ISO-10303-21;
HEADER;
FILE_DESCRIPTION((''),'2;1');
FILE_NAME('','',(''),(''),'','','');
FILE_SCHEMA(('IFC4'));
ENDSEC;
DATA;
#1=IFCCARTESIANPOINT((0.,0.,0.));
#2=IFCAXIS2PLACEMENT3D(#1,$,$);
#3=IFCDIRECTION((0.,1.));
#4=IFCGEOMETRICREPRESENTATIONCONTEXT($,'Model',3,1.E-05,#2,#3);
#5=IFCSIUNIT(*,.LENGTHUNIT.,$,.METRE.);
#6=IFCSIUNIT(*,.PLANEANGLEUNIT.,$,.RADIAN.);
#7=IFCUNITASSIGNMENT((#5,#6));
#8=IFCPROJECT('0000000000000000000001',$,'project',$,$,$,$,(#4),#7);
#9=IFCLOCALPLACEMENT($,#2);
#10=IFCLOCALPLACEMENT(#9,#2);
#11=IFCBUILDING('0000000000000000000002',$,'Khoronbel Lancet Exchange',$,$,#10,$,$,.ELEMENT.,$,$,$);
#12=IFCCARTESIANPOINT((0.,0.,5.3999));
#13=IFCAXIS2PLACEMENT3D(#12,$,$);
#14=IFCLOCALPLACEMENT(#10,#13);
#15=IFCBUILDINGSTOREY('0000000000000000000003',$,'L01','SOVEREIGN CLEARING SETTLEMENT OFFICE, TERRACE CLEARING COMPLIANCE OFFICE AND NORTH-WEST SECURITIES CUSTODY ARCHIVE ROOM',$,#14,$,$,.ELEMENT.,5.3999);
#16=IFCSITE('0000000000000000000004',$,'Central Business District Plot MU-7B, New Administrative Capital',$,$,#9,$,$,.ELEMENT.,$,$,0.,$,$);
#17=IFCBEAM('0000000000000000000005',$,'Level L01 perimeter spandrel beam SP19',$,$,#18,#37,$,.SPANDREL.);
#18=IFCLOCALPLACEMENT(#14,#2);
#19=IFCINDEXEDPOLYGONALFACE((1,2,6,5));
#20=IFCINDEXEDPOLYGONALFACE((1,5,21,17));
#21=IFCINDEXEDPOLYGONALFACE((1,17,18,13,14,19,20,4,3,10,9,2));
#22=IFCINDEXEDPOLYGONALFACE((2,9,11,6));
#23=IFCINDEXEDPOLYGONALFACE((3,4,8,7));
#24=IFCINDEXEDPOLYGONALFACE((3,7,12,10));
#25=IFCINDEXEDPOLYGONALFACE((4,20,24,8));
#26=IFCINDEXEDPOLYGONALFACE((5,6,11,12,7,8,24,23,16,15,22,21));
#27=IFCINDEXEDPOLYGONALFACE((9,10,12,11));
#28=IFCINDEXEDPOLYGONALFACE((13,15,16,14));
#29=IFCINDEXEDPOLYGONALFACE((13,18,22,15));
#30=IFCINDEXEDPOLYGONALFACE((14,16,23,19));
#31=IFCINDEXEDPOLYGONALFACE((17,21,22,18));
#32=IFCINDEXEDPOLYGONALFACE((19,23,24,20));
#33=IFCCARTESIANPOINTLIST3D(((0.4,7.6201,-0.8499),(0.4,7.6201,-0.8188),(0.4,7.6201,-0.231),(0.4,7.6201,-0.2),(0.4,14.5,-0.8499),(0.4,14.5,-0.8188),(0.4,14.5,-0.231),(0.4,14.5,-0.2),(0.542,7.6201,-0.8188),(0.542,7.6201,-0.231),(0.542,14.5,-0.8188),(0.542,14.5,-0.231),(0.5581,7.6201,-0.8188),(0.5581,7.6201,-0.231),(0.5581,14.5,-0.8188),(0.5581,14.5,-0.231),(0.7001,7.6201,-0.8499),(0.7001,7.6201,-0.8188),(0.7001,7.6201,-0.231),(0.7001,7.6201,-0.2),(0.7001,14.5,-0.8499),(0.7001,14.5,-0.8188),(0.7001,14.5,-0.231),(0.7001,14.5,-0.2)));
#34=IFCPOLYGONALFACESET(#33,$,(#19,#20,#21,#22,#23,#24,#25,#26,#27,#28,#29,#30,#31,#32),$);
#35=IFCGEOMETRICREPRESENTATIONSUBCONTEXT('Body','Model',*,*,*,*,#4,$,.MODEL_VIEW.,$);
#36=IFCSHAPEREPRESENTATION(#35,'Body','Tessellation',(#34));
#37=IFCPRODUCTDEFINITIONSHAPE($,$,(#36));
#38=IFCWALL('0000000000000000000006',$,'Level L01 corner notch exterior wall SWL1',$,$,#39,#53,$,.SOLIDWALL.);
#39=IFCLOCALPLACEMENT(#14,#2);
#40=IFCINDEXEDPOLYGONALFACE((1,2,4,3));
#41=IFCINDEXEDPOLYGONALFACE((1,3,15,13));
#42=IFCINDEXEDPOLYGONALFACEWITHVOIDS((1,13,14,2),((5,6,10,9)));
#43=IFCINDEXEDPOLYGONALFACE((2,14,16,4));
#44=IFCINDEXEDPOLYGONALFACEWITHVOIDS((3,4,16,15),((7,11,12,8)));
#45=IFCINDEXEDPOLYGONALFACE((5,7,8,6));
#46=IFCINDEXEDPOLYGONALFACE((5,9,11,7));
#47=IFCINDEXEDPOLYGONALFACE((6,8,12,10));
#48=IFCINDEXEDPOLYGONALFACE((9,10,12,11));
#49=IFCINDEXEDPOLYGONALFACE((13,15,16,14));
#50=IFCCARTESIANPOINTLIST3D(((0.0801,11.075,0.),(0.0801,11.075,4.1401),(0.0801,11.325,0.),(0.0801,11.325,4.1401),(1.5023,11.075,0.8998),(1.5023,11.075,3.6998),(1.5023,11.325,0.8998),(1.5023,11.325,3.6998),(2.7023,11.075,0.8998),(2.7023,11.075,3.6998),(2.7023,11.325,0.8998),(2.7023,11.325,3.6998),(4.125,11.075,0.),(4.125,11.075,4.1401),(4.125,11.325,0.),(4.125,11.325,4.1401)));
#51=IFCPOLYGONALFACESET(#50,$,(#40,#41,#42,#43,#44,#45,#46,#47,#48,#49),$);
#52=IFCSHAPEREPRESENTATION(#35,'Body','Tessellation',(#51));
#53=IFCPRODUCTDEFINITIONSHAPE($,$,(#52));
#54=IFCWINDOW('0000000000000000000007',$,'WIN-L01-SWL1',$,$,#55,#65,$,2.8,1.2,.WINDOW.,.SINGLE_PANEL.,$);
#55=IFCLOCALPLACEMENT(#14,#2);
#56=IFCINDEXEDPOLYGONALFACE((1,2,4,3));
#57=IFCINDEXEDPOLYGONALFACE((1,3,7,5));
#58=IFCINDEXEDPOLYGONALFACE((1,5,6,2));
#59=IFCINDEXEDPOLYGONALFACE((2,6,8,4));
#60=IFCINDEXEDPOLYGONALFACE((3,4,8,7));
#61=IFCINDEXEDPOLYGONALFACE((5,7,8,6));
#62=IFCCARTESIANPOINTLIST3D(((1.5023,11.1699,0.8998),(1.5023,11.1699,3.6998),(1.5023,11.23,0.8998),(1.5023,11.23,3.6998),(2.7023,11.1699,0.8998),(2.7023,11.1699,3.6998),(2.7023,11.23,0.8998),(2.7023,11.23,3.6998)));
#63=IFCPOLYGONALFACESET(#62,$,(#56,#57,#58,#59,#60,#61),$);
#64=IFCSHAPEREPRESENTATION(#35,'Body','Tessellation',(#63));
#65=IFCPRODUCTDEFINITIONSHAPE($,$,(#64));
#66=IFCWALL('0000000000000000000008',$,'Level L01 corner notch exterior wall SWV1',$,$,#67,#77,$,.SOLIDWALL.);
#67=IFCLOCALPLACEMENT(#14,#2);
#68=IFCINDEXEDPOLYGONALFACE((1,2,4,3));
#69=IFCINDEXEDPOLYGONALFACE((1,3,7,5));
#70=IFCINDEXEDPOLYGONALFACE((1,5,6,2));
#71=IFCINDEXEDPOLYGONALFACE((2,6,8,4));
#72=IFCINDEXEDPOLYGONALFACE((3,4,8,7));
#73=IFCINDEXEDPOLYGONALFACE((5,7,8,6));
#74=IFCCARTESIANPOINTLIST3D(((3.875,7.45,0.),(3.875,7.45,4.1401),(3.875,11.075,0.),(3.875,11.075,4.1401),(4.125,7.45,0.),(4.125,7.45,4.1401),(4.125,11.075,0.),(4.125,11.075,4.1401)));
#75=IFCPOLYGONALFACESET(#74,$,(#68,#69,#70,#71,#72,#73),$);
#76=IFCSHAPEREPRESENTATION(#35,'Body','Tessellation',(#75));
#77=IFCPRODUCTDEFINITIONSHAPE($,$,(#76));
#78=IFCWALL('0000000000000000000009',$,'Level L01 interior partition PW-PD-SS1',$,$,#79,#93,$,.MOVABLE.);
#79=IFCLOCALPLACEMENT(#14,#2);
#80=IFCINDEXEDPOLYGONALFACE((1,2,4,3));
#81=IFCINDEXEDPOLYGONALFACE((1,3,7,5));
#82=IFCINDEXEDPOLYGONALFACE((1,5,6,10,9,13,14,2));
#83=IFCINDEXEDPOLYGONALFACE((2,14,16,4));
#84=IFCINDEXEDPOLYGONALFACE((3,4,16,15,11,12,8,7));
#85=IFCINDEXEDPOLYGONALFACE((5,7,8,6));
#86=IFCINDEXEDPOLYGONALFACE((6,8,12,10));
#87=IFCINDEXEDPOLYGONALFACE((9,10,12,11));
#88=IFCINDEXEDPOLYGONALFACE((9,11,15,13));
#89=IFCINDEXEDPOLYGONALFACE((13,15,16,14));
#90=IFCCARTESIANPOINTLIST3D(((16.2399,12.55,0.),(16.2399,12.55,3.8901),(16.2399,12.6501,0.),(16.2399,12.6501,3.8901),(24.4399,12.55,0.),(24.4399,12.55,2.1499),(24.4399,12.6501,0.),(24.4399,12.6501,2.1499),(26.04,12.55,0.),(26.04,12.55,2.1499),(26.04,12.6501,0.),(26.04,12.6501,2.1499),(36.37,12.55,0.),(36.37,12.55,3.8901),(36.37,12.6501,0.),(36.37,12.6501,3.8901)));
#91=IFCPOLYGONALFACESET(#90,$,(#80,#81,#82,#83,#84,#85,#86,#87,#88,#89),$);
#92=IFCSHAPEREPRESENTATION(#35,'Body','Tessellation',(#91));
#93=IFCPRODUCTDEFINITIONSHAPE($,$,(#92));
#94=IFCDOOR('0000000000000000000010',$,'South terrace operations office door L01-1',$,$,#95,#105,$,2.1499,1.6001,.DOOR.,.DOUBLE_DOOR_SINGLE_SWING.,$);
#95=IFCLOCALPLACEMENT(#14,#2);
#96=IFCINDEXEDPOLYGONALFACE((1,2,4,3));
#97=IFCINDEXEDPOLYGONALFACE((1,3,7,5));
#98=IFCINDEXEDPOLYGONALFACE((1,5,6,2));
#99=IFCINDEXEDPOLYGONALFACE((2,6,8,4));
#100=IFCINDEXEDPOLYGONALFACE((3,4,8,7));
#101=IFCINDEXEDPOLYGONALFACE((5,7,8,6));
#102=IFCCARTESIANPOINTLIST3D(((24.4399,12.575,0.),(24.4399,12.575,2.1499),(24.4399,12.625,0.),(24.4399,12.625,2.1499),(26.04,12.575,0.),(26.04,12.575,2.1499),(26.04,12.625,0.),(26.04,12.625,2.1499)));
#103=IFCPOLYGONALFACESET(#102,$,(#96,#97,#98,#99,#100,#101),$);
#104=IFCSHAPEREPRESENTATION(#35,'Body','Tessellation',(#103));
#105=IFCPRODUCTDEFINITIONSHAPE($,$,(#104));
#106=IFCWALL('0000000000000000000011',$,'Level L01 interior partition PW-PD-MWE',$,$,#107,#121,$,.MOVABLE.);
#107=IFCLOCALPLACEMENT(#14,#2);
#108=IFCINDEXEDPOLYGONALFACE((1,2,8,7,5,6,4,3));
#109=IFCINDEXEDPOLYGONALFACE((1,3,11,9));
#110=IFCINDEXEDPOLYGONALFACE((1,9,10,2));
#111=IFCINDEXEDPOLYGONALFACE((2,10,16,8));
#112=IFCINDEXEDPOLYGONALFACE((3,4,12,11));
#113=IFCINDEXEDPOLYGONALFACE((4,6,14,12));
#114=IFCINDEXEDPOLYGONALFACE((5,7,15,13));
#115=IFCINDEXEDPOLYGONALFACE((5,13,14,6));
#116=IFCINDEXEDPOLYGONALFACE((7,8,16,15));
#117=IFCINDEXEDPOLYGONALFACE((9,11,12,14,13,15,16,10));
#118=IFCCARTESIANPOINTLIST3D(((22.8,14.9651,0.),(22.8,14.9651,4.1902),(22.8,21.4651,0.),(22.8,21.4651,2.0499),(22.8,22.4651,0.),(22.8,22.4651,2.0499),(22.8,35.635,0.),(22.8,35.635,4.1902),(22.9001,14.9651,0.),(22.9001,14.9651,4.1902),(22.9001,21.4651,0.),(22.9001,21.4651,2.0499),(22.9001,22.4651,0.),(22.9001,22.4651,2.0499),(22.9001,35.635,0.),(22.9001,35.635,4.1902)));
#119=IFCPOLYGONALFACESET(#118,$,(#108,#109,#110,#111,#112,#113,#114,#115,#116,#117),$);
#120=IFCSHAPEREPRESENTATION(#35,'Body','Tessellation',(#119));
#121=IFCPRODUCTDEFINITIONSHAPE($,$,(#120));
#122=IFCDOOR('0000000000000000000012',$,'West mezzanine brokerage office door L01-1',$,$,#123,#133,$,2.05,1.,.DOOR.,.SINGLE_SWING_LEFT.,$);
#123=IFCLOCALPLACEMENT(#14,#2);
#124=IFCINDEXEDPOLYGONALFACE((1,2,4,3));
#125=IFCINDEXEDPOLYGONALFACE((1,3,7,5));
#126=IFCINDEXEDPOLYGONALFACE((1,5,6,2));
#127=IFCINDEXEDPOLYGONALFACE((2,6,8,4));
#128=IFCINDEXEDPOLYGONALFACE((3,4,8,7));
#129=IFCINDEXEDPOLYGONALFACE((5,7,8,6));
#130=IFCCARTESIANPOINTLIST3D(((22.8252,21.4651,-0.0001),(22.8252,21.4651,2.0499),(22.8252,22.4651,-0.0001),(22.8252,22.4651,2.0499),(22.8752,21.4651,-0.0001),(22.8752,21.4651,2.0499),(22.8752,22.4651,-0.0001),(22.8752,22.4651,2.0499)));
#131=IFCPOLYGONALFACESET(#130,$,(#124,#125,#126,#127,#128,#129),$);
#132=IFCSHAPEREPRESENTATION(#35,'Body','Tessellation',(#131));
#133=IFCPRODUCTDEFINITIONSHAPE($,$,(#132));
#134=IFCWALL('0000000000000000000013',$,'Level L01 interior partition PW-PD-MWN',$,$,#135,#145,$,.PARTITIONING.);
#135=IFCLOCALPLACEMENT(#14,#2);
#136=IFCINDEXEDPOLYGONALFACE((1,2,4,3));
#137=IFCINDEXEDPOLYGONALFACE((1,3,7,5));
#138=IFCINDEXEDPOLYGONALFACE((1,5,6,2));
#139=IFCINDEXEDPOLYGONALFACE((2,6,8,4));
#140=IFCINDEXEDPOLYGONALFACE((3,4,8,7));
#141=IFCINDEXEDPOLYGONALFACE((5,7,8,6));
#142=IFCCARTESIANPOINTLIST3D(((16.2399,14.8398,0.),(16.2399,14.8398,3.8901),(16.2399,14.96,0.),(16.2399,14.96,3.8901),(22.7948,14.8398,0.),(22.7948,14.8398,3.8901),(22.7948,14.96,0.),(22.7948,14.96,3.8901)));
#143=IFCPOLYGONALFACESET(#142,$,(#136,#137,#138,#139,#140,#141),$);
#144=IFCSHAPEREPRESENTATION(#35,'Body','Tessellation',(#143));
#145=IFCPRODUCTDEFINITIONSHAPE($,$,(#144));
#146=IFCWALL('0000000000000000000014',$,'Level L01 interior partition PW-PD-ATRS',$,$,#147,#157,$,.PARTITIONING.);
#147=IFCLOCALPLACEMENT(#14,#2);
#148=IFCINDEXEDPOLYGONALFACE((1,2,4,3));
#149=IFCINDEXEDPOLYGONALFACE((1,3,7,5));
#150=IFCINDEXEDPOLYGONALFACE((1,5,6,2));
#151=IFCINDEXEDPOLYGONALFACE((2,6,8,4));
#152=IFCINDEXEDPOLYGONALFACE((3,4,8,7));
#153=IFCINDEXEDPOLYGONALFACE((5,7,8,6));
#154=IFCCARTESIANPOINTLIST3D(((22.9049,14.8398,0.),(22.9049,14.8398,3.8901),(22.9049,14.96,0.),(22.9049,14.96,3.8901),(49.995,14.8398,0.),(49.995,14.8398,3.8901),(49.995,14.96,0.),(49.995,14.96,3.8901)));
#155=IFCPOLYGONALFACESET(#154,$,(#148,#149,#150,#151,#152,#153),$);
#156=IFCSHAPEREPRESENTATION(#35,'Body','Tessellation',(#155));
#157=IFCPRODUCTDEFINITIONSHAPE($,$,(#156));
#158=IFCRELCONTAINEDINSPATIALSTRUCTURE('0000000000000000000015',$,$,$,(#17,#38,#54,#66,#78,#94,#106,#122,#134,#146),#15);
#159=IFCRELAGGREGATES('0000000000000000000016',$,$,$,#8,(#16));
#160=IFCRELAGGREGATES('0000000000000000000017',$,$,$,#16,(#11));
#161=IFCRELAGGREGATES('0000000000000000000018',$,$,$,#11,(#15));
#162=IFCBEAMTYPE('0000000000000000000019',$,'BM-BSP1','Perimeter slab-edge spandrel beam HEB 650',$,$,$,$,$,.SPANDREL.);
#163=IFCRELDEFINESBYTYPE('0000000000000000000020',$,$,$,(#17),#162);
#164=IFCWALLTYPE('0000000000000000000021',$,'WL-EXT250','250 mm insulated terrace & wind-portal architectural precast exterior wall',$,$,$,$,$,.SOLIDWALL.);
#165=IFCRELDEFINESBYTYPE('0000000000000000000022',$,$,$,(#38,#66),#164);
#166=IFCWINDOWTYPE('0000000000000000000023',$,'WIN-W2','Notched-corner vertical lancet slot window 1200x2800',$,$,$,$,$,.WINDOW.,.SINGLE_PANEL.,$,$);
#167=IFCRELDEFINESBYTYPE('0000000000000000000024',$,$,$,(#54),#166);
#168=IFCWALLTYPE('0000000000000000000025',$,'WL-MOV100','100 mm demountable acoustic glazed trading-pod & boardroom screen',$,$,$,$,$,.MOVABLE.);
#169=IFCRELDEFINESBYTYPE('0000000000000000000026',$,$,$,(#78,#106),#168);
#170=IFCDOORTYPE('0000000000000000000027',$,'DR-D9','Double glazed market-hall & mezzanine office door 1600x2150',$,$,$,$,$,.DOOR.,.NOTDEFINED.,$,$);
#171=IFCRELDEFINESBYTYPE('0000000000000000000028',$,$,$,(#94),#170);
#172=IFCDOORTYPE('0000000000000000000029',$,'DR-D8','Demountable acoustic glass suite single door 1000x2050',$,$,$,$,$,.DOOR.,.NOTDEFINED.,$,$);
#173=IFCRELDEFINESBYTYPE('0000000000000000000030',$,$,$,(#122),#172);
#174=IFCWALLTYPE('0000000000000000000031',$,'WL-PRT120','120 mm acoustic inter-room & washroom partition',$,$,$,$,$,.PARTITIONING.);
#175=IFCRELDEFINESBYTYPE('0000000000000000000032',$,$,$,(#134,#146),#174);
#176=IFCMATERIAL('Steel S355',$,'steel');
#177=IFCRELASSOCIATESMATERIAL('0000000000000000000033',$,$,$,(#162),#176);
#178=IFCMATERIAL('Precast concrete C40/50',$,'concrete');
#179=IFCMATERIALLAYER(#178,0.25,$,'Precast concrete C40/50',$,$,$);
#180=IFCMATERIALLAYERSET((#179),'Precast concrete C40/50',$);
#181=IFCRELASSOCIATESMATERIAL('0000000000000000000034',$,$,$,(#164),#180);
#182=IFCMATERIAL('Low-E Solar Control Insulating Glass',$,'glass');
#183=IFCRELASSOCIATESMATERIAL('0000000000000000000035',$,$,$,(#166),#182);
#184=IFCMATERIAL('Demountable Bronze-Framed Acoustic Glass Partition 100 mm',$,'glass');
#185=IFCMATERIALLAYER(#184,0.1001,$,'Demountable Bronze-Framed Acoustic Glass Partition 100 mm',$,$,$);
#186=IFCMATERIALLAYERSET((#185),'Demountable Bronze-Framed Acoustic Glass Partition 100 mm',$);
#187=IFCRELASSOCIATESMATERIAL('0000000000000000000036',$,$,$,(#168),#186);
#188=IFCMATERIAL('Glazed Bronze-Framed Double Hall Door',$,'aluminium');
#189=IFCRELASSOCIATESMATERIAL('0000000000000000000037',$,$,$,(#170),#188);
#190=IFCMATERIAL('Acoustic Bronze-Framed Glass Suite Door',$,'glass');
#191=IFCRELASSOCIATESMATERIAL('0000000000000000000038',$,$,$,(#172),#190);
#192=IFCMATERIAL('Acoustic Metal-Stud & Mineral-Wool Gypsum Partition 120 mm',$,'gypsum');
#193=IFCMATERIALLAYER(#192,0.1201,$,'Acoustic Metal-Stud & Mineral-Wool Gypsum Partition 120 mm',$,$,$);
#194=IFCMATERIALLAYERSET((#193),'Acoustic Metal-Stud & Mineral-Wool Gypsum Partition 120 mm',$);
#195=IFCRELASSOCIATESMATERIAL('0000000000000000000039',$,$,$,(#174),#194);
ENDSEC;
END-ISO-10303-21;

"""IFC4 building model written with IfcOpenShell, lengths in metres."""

from ifc_helpers import new_model, si_unit, direction, frame, frame_2d, origin, origin_2d, place, context, subcontext, project, spatial, rectangle, i_section, extrude, material, layer, layer_set, material_profile, profile_set, type_object, element, fill, save


model = new_model("IFC4")

# Units and contexts
model_context = context("Model", 3, precision=1e-05, world=origin(), true_north=direction((0.0, 1.0)))
body_context = subcontext(model_context, "Body", "Model", "MODEL_VIEW")
ifc_project = project(units=[si_unit("LENGTHUNIT", "METRE"), si_unit("PLANEANGLEUNIT", "RADIAN")], contexts=[model_context])

# Site, building, storey
site_placement = place(None, origin())
site = spatial("IfcSite", under=ifc_project, at=site_placement, Name="Central Business District Plot MU-7B, New Administrative Capital", CompositionType="ELEMENT", RefElevation=0.0)
building_placement = place(site_placement, origin())
building = spatial("IfcBuilding", under=site, at=building_placement, Name="Khoronbel Lancet Exchange", CompositionType="ELEMENT")
storey_placement = place(building_placement, frame((0.0, 0.0, 5.3999)))
storey = spatial("IfcBuildingStorey", under=building, at=storey_placement, Name="L01", Description="SOVEREIGN CLEARING SETTLEMENT OFFICE, TERRACE CLEARING COMPLIANCE OFFICE AND NORTH-WEST SECURITIES CUSTODY ARCHIVE ROOM", CompositionType="ELEMENT", Elevation=5.3999)

# Shared definitions
ifc_material_1 = material(Name="Steel S355", Category="steel")

# Beam
ifc_material_profile_1 = material_profile(ifc_material_1, i_section(OverallWidth=0.3, OverallDepth=0.6499, WebThickness=0.0161, FlangeThickness=0.031, at=origin_2d()), Name="HEB 650")
ifc_profile_set_1 = profile_set([ifc_material_profile_1], Name="Steel S355")
beam_type_1 = type_object("IfcBeamType", Name="BM-BSP1", Description="Perimeter slab-edge spandrel beam HEB 650", PredefinedType="SPANDREL", material=ifc_profile_set_1)
beam_1_placement = place(storey_placement, frame((0.55, 14.5, -0.5249), z_axis=(0.0, -1.0, 0.0), x_axis=(1.0, 0.0, 0.0)))
element("IfcBeam", 1, at=beam_1_placement, inside=storey, type_object=beam_type_1, Name="Level L01 perimeter spandrel beam SP19", PredefinedType="SPANDREL", context=body_context, shape_type="SweptSolid", body=[
    extrude(i_section(OverallWidth=0.3, OverallDepth=0.6499, WebThickness=0.0161, FlangeThickness=0.031, at=origin_2d()), origin(), (0.0, 0.0, 1.0), 6.8799),
])

# Wall, opening, window
ifc_material_2 = material(Name="Precast concrete C40/50", Category="concrete")
ifc_layer_1 = layer(ifc_material_2, 0.25, Name="Precast concrete C40/50")
ifc_layer_set_1 = layer_set([ifc_layer_1], Name="Precast concrete C40/50")
wall_type_1 = type_object("IfcWallType", Name="WL-EXT250", Description="250 mm insulated terrace & wind-portal architectural precast exterior wall", PredefinedType="SOLIDWALL", material=ifc_layer_set_1)
wall_1_placement = place(storey_placement, frame((4.125, 11.2, 0.0), z_axis=(0.0, 0.0, 1.0), x_axis=(-1.0, 0.0, 0.0)))
wall_1 = element("IfcWall", 2, at=wall_1_placement, inside=storey, type_object=wall_type_1, Name="Level L01 corner notch exterior wall SWL1", PredefinedType="SOLIDWALL", context=body_context, shape_type="SweptSolid", body=[
    extrude(rectangle(XDim=4.0449, YDim=0.25, at=frame_2d((2.0225, 0.0))), origin(), (0.0, 0.0, 1.0), 4.1401),
])
opening_1_placement = place(wall_1_placement, frame((1.4226, 0.0, 0.8999)))
opening_1 = element("IfcOpeningElement", 3, at=opening_1_placement, cuts=wall_1, PredefinedType="OPENING", context=body_context, shape_type="SweptSolid", body=[
    extrude(rectangle(XDim=1.2, YDim=2.8, at=frame_2d((0.6001, 1.3999))), frame((0.0, 0.135, 0.0), z_axis=(0.0, -1.0, 0.0), x_axis=(1.0, 0.0, 0.0)), (0.0, 0.0, 1.0), 0.27),
])
ifc_material_3 = material(Name="Low-E Solar Control Insulating Glass", Category="glass")
window_type = type_object("IfcWindowType", Name="WIN-W2", Description="Notched-corner vertical lancet slot window 1200x2800", PartitioningType="SINGLE_PANEL", PredefinedType="WINDOW", material=ifc_material_3)
window_placement = place(opening_1_placement, origin())
window = element("IfcWindow", 4, at=window_placement, inside=storey, type_object=window_type, Name="WIN-L01-SWL1", OverallHeight=2.8, OverallWidth=1.2, PartitioningType="SINGLE_PANEL", PredefinedType="WINDOW", context=body_context, shape_type="SweptSolid", body=[
    extrude(rectangle(XDim=1.2, YDim=2.8, at=frame_2d((0.6001, 1.3999))), frame((0.0, 0.03, 0.0), z_axis=(0.0, -1.0, 0.0), x_axis=(1.0, 0.0, 0.0)), (0.0, 0.0, 1.0), 0.0601),
])
fill(opening_1, window)

# Wall
wall_2_placement = place(storey_placement, frame((4.0, 7.45, 0.0), z_axis=(0.0, 0.0, 1.0), x_axis=(0.0, 1.0, 0.0)))
element("IfcWall", 5, at=wall_2_placement, inside=storey, type_object=wall_type_1, Name="Level L01 corner notch exterior wall SWV1", PredefinedType="SOLIDWALL", context=body_context, shape_type="SweptSolid", body=[
    extrude(rectangle(XDim=3.625, YDim=0.25, at=frame_2d((1.8125, 0.0))), origin(), (0.0, 0.0, 1.0), 4.1401),
])

# Walls, openings, doors
ifc_material_4 = material(Name="Demountable Bronze-Framed Acoustic Glass Partition 100 mm", Category="glass")
ifc_layer_2 = layer(ifc_material_4, 0.1001, Name="Demountable Bronze-Framed Acoustic Glass Partition 100 mm")
ifc_layer_set_2 = layer_set([ifc_layer_2], Name="Demountable Bronze-Framed Acoustic Glass Partition 100 mm")
wall_type_2 = type_object("IfcWallType", Name="WL-MOV100", Description="100 mm demountable acoustic glazed trading-pod & boardroom screen", PredefinedType="MOVABLE", material=ifc_layer_set_2)
wall_3_placement = place(storey_placement, frame((16.24, 12.6001, 0.0), z_axis=(0.0, 0.0, 1.0), x_axis=(1.0, 0.0, 0.0)))
wall_3 = element("IfcWall", 6, at=wall_3_placement, inside=storey, type_object=wall_type_2, Name="Level L01 interior partition PW-PD-SS1", PredefinedType="MOVABLE", context=body_context, shape_type="SweptSolid", body=[
    extrude(rectangle(XDim=20.1301, YDim=0.1001, at=frame_2d((10.0649, 0.0))), origin(), (0.0, 0.0, 1.0), 3.8901),
])
opening_2_placement = place(wall_3_placement, frame((8.2, 0.0, 0.0)))
opening_2 = element("IfcOpeningElement", 7, at=opening_2_placement, cuts=wall_3, PredefinedType="OPENING", context=body_context, shape_type="SweptSolid", body=[
    extrude(rectangle(XDim=1.6001, YDim=2.1499, at=frame_2d((0.8, 1.075))), frame((0.0, 0.0601, 0.0), z_axis=(0.0, -1.0, 0.0), x_axis=(1.0, 0.0, 0.0)), (0.0, 0.0, 1.0), 0.1201),
])
ifc_material_5 = material(Name="Glazed Bronze-Framed Double Hall Door", Category="aluminium")
door_type_1 = type_object("IfcDoorType", Name="DR-D9", Description="Double glazed market-hall & mezzanine office door 1600x2150", OperationType="NOTDEFINED", PredefinedType="DOOR", material=ifc_material_5)
door_1_placement = place(opening_2_placement, origin())
door_1 = element("IfcDoor", 8, at=door_1_placement, inside=storey, type_object=door_type_1, Name="South terrace operations office door L01-1", OperationType="DOUBLE_DOOR_SINGLE_SWING", OverallHeight=2.1499, OverallWidth=1.6001, PredefinedType="DOOR", context=body_context, shape_type="SweptSolid", body=[
    extrude(rectangle(XDim=1.6001, YDim=2.1499, at=frame_2d((0.8, 1.075))), frame((0.0, 0.0249, 0.0), z_axis=(0.0, -1.0, 0.0), x_axis=(1.0, 0.0, 0.0)), (0.0, 0.0, 1.0), 0.05),
])
fill(opening_2, door_1)
wall_4_placement = place(storey_placement, frame((22.8501, 14.9651, 0.0), z_axis=(0.0, 0.0, 1.0), x_axis=(0.0, 1.0, 0.0)))
wall_4 = element("IfcWall", 9, at=wall_4_placement, inside=storey, type_object=wall_type_2, Name="Level L01 interior partition PW-PD-MWE", PredefinedType="MOVABLE", context=body_context, shape_type="SweptSolid", body=[
    extrude(rectangle(XDim=20.6699, YDim=0.1001, at=frame_2d((10.335, 0.0))), origin(), (0.0, 0.0, 1.0), 4.1902),
])
opening_3_placement = place(wall_4_placement, frame((6.5, 0.0, 0.0)))
opening_3 = element("IfcOpeningElement", 10, at=opening_3_placement, cuts=wall_4, PredefinedType="OPENING", context=body_context, shape_type="SweptSolid", body=[
    extrude(rectangle(XDim=1.0, YDim=2.05, at=frame_2d((0.5, 1.0249))), frame((0.0, 0.0601, 0.0), z_axis=(0.0, -1.0, 0.0), x_axis=(1.0, 0.0, 0.0)), (0.0, 0.0, 1.0), 0.1201),
])
ifc_material_6 = material(Name="Acoustic Bronze-Framed Glass Suite Door", Category="glass")
door_type_2 = type_object("IfcDoorType", Name="DR-D8", Description="Demountable acoustic glass suite single door 1000x2050", OperationType="NOTDEFINED", PredefinedType="DOOR", material=ifc_material_6)
door_2_placement = place(opening_3_placement, origin())
door_2 = element("IfcDoor", 11, at=door_2_placement, inside=storey, type_object=door_type_2, Name="West mezzanine brokerage office door L01-1", OperationType="SINGLE_SWING_LEFT", OverallHeight=2.05, OverallWidth=1.0, PredefinedType="DOOR", context=body_context, shape_type="SweptSolid", body=[
    extrude(rectangle(XDim=1.0, YDim=2.05, at=frame_2d((0.5, 1.0249))), frame((0.0, 0.0249, 0.0), z_axis=(0.0, -1.0, 0.0), x_axis=(1.0, 0.0, 0.0)), (0.0, 0.0, 1.0), 0.05),
])
fill(opening_3, door_2)

# Walls
ifc_material_7 = material(Name="Acoustic Metal-Stud & Mineral-Wool Gypsum Partition 120 mm", Category="gypsum")
ifc_layer_3 = layer(ifc_material_7, 0.1201, Name="Acoustic Metal-Stud & Mineral-Wool Gypsum Partition 120 mm")
ifc_layer_set_3 = layer_set([ifc_layer_3], Name="Acoustic Metal-Stud & Mineral-Wool Gypsum Partition 120 mm")
wall_type_3 = type_object("IfcWallType", Name="WL-PRT120", Description="120 mm acoustic inter-room & washroom partition", PredefinedType="PARTITIONING", material=ifc_layer_set_3)
wall_5_placement = place(storey_placement, frame((16.24, 14.8999, 0.0), z_axis=(0.0, 0.0, 1.0), x_axis=(1.0, 0.0, 0.0)))
element("IfcWall", 12, at=wall_5_placement, inside=storey, type_object=wall_type_3, Name="Level L01 interior partition PW-PD-MWN", PredefinedType="PARTITIONING", context=body_context, shape_type="SweptSolid", body=[
    extrude(rectangle(XDim=6.5549, YDim=0.1201, at=frame_2d((3.2773, 0.0))), origin(), (0.0, 0.0, 1.0), 3.8901),
])
wall_6_placement = place(storey_placement, frame((22.905, 14.8999, 0.0), z_axis=(0.0, 0.0, 1.0), x_axis=(1.0, 0.0, 0.0)))
element("IfcWall", 13, at=wall_6_placement, inside=storey, type_object=wall_type_3, Name="Level L01 interior partition PW-PD-ATRS", PredefinedType="PARTITIONING", context=body_context, shape_type="SweptSolid", body=[
    extrude(rectangle(XDim=27.0901, YDim=0.1201, at=frame_2d((13.5449, 0.0))), origin(), (0.0, 0.0, 1.0), 3.8901),
])

save(model, "model.ifc")
